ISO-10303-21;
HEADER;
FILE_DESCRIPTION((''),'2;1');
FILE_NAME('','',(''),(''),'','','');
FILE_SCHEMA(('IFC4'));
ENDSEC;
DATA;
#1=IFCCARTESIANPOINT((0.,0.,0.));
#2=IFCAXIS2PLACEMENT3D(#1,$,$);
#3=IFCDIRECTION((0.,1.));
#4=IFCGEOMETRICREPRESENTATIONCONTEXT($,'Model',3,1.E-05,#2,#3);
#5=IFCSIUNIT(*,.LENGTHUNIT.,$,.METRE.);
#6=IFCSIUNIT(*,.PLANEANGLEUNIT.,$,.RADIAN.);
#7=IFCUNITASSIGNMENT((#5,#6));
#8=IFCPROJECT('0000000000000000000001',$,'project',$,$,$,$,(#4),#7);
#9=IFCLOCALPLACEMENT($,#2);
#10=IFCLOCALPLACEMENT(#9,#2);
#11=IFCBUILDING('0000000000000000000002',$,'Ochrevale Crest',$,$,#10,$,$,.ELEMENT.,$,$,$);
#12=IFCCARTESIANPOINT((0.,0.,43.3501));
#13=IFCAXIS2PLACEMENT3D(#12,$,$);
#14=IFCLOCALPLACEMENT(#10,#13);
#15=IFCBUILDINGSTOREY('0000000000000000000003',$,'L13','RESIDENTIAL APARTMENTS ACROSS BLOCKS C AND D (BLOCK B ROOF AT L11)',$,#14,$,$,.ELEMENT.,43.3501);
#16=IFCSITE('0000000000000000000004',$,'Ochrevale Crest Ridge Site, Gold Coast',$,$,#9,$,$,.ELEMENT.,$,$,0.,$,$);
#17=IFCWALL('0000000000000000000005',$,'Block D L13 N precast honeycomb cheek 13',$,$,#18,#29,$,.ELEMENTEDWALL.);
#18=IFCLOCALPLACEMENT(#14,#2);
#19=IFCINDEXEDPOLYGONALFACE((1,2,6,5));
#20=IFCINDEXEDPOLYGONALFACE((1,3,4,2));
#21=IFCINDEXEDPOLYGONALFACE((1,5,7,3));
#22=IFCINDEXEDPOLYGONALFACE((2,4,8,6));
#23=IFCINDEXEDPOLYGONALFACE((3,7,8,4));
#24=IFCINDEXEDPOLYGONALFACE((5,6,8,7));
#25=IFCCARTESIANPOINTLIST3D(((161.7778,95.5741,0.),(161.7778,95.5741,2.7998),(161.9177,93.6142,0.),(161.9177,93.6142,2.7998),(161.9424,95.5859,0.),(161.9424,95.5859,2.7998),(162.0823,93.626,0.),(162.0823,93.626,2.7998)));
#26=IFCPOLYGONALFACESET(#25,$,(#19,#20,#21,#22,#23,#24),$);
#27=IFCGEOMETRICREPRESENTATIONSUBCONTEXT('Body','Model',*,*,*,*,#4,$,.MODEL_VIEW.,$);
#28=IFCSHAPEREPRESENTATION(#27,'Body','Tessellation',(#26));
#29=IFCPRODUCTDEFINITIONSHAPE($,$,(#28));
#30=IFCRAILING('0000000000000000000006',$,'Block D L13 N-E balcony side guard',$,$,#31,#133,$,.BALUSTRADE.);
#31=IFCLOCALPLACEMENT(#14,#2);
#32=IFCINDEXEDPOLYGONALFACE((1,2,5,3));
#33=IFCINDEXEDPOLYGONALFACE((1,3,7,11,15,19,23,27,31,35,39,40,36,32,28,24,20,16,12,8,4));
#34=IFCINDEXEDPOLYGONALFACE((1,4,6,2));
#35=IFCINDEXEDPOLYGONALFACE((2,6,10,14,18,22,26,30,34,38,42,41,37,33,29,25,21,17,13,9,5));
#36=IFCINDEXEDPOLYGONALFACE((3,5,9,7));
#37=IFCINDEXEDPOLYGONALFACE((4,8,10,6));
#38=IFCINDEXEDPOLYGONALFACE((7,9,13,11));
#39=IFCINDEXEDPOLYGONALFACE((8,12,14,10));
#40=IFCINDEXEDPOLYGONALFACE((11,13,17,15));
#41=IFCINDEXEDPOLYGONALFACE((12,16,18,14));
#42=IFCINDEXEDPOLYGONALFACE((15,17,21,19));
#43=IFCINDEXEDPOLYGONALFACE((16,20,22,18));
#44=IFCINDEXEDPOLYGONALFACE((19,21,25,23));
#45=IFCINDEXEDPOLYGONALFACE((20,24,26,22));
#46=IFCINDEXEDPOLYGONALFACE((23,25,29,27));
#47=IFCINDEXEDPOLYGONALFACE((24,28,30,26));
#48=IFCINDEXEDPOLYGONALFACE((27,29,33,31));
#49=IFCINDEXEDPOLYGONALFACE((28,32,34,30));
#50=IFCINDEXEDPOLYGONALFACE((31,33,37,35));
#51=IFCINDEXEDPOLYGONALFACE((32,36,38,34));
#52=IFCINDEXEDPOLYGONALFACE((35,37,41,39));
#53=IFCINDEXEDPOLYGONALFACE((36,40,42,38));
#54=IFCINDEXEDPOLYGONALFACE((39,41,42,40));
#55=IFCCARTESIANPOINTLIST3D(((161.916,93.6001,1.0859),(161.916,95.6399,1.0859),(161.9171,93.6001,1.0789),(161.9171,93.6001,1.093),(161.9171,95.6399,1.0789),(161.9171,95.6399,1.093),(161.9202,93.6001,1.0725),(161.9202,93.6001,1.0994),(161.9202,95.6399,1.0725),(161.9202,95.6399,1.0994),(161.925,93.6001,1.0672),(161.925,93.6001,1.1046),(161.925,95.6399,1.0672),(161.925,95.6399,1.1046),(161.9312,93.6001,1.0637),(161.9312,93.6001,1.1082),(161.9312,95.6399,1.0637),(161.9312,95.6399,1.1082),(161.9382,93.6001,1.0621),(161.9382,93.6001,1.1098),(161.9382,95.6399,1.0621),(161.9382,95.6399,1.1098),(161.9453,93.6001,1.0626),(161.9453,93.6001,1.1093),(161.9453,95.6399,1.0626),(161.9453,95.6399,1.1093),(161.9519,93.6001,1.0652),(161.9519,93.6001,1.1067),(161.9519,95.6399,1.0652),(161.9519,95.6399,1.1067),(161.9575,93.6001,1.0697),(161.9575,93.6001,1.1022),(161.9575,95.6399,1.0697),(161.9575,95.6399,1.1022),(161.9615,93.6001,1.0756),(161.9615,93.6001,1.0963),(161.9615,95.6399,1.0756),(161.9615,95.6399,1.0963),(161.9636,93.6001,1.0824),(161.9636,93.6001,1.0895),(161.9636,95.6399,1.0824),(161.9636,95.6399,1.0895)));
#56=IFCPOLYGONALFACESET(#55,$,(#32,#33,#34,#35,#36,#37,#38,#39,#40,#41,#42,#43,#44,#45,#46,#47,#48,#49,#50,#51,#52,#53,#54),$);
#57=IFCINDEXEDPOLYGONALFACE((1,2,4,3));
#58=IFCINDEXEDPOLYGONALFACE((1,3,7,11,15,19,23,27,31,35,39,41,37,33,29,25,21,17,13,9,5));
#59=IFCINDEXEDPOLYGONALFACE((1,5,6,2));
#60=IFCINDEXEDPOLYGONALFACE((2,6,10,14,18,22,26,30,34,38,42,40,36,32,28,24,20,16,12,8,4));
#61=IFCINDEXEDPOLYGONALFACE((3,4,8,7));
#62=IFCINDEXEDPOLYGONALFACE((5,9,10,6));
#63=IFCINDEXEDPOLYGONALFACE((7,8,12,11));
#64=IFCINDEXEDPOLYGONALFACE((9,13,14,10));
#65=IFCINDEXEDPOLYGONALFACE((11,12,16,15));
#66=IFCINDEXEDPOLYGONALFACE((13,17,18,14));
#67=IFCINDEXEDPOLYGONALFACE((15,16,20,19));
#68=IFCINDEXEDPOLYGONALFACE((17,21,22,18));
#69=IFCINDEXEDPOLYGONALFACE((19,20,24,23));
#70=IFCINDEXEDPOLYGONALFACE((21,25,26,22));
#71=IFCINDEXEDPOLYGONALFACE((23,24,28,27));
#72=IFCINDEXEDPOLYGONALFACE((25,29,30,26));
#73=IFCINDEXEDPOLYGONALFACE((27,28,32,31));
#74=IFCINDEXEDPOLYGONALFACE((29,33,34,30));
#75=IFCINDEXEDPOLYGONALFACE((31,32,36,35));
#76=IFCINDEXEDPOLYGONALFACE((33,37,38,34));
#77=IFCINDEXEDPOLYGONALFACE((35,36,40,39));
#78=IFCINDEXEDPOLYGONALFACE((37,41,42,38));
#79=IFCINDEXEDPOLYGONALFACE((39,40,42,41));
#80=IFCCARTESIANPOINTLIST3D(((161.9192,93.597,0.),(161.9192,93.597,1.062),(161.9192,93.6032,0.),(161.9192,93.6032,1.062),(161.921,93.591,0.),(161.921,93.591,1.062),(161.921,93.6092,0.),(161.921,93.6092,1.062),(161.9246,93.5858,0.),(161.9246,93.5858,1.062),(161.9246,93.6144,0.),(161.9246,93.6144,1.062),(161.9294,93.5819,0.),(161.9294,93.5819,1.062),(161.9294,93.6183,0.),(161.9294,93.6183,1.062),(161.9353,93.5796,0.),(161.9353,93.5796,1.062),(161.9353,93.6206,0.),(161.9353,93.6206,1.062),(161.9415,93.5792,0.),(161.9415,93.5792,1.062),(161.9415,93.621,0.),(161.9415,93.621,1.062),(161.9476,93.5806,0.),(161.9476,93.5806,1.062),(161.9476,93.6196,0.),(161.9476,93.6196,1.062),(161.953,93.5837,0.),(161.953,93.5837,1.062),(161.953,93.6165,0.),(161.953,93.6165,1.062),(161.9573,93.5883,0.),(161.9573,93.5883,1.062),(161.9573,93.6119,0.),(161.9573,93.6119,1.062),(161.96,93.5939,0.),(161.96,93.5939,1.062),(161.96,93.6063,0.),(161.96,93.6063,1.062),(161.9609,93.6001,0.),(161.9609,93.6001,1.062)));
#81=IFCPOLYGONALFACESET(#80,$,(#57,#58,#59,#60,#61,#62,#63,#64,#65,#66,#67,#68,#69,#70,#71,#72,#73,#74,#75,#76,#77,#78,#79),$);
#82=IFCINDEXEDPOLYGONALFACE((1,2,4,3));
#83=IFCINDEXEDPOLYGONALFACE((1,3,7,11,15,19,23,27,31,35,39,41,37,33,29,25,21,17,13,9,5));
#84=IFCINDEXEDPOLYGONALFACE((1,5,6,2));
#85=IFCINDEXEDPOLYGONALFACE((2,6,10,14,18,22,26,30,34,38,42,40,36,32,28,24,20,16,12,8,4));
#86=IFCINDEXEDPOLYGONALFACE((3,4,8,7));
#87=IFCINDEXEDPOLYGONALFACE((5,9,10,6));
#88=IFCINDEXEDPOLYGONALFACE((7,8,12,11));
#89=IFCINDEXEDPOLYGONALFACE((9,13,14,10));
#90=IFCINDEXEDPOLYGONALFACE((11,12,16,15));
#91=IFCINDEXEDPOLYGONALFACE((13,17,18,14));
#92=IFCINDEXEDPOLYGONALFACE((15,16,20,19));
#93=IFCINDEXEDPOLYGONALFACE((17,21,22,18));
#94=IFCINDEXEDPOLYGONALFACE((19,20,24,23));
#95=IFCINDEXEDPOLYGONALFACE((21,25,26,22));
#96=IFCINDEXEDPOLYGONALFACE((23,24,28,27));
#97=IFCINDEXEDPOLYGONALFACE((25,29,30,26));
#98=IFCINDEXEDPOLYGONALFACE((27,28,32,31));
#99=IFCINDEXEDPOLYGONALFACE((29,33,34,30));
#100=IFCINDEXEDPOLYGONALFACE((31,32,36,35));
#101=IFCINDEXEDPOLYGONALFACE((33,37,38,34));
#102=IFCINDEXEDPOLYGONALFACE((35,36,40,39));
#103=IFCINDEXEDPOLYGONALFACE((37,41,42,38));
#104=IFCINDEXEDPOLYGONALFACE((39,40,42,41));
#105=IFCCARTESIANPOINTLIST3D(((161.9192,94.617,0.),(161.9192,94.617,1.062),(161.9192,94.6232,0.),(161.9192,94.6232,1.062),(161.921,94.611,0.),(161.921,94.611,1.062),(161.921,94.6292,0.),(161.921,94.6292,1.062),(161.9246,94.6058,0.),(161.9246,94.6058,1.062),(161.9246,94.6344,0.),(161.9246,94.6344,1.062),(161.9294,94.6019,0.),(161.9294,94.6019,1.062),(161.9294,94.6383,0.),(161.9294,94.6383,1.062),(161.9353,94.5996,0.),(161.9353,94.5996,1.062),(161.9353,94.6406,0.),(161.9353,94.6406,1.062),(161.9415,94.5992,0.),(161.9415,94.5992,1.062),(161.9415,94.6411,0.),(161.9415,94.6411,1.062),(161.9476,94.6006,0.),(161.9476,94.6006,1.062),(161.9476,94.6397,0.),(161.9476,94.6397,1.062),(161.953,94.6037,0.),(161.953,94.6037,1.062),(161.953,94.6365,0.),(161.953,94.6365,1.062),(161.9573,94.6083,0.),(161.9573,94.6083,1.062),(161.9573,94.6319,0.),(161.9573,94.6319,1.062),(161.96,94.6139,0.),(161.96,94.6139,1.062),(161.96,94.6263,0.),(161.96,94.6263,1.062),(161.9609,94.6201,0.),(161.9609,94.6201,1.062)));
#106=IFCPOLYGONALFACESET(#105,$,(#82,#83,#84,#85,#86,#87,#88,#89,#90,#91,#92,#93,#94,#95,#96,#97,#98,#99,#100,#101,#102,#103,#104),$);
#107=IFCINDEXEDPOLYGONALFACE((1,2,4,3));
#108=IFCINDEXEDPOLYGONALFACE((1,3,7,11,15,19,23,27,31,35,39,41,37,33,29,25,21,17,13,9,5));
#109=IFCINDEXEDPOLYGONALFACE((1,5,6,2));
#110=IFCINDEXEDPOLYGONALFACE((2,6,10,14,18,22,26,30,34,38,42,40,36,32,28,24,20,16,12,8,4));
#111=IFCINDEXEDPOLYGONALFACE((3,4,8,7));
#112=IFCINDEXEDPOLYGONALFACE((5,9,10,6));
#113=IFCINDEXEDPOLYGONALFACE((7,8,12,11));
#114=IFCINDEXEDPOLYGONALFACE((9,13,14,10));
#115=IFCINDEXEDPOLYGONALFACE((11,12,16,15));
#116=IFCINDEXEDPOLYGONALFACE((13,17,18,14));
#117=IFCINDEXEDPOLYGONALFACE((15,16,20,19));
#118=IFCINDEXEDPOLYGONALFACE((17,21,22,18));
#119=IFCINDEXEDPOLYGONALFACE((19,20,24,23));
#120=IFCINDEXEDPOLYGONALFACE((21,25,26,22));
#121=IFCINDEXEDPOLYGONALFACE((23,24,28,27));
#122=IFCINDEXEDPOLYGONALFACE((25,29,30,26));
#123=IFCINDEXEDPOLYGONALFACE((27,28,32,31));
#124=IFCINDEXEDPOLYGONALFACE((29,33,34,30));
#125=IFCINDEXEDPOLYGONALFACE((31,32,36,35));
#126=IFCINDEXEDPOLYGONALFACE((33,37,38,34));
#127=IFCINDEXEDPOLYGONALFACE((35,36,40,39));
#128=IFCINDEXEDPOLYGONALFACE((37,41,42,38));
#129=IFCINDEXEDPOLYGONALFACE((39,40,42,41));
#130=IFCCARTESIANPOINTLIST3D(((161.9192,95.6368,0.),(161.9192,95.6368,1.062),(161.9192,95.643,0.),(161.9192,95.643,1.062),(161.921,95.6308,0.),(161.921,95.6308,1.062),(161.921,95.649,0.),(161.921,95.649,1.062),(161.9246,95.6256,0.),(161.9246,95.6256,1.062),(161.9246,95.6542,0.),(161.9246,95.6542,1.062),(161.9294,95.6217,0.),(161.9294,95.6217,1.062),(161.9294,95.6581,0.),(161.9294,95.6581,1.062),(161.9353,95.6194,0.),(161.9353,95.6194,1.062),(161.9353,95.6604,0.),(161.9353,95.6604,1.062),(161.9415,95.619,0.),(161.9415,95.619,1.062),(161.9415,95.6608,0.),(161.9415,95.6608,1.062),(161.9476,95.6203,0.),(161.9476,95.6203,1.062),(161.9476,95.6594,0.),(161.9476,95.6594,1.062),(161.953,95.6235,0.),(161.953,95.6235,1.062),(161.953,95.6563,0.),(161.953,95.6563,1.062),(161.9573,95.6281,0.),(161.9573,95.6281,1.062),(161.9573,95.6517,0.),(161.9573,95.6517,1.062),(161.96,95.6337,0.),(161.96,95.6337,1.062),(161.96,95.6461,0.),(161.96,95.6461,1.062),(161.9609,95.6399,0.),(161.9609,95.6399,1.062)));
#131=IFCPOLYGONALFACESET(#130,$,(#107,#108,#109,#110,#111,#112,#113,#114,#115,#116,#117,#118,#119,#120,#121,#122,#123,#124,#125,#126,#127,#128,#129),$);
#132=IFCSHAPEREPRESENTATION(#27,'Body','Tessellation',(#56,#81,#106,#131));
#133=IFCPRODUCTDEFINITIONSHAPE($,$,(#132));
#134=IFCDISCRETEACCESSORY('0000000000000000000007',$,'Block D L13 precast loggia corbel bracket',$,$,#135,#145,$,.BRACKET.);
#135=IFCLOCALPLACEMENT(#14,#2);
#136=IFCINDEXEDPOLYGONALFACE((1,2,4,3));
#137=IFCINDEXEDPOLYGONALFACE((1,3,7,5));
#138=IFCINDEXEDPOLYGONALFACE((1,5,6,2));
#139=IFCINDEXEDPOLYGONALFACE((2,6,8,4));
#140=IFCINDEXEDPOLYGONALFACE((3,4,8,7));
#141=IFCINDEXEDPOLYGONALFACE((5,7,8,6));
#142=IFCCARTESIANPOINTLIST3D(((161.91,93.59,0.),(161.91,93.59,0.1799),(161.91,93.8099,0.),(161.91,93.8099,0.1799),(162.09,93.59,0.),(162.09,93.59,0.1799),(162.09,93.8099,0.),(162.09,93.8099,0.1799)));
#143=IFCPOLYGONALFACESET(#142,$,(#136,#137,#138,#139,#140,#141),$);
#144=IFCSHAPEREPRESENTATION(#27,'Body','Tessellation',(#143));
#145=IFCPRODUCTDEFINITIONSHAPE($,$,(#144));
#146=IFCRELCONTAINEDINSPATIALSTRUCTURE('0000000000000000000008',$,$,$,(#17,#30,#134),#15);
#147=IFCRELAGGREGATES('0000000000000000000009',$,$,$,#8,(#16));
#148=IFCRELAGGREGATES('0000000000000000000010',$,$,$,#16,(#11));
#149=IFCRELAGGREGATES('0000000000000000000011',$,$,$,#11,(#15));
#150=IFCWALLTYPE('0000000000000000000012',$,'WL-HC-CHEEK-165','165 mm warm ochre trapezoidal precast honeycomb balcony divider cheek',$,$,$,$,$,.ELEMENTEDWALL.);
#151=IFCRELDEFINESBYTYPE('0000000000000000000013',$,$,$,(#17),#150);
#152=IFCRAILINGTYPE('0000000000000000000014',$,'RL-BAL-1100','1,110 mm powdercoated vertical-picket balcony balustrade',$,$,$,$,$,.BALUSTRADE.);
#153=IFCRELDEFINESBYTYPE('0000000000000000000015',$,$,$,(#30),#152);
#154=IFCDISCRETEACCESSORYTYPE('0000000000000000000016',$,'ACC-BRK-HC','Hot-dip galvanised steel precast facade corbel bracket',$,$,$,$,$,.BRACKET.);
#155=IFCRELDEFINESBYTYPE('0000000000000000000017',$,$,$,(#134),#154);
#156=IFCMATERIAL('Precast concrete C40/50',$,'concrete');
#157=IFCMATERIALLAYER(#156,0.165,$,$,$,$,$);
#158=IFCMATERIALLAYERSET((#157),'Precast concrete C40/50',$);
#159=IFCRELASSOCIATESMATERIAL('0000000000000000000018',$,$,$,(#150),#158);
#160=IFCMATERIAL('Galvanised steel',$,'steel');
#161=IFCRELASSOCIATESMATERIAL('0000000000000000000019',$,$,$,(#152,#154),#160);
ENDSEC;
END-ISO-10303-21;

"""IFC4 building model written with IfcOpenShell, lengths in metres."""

from ifc_helpers import new_model, si_unit, direction, frame, frame_2d, origin, origin_2d, place, context, subcontext, project, spatial, rectangle, circle, extrude, material, layer, layer_set, type_object, element, save


model = new_model("IFC4")

# Units and contexts
model_context = context("Model", 3, precision=1e-05, world=origin(), true_north=direction((0.0, 1.0)))
body_context = subcontext(model_context, "Body", "Model", "MODEL_VIEW")
ifc_project = project(units=[si_unit("LENGTHUNIT", "METRE"), si_unit("PLANEANGLEUNIT", "RADIAN")], contexts=[model_context])

# Site, building, storey
site_placement = place(None, origin())
site = spatial("IfcSite", under=ifc_project, at=site_placement, Name="Ochrevale Crest Ridge Site, Gold Coast", CompositionType="ELEMENT", RefElevation=0.0)
building_placement = place(site_placement, origin())
building = spatial("IfcBuilding", under=site, at=building_placement, Name="Ochrevale Crest", CompositionType="ELEMENT")
storey_placement = place(building_placement, frame((0.0, 0.0, 43.3501)))
storey = spatial("IfcBuildingStorey", under=building, at=storey_placement, Name="L13", Description="RESIDENTIAL APARTMENTS ACROSS BLOCKS C AND D (BLOCK B ROOF AT L11)", CompositionType="ELEMENT", Elevation=43.3501)

# Shared definitions
ifc_material_1 = material(Name="Precast concrete C40/50", Category="concrete")

# Wall
ifc_layer_1 = layer(ifc_material_1, 0.165)
ifc_layer_set_1 = layer_set([ifc_layer_1], Name="Precast concrete C40/50")
wall_type_1 = type_object("IfcWallType", Name="WL-HC-CHEEK-165", Description="165 mm warm ochre trapezoidal precast honeycomb balcony divider cheek", PredefinedType="ELEMENTEDWALL", material=ifc_layer_set_1)
wall_1_placement = place(storey_placement, frame((162.0, 93.6201, 0.0), z_axis=(0.0, 0.0, 1.0), x_axis=(-0.071194, 0.997462, 0.0)))
element("IfcWall", 1, at=wall_1_placement, inside=storey, type_object=wall_type_1, Name="Block D L13 N precast honeycomb cheek 13", PredefinedType="ELEMENTEDWALL", context=body_context, shape_type="SweptSolid", body=[
    extrude(rectangle(XDim=1.9648, YDim=0.165, at=frame_2d((0.9824, 0.0))), origin(), (0.0, 0.0, 1.0), 2.7998),
])

# Railing
ifc_material_2 = material(Name="Galvanised steel", Category="steel")
railing_type = type_object("IfcRailingType", Name="RL-BAL-1100", Description="1,110 mm powdercoated vertical-picket balcony balustrade", PredefinedType="BALUSTRADE", material=ifc_material_2)
railing_placement = place(storey_placement, frame((161.9399, 93.6001, 0.0)))
element("IfcRailing", 2, at=railing_placement, inside=storey, type_object=railing_type, Name="Block D L13 N-E balcony side guard", PredefinedType="BALUSTRADE", context=body_context, shape_type="SweptSolid", body=[
    extrude(circle(Radius=0.0239, at=origin_2d()), frame((0.0, 0.0, 1.0859), z_axis=(0.0, 1.0, 0.0), x_axis=(-1.0, 0.0, 0.0)), (0.0, 0.0, 1.0), 2.0398),
    extrude(circle(Radius=0.021, at=origin_2d()), origin(), (0.0, 0.0, 1.0), 1.062),
    extrude(circle(Radius=0.021, at=origin_2d()), frame((0.0, 1.02, 0.0)), (0.0, 0.0, 1.0), 1.062),
    extrude(circle(Radius=0.021, at=origin_2d()), frame((0.0, 2.0398, 0.0)), (0.0, 0.0, 1.0), 1.062),
])

# Discrete accessory
discrete_accessory_type = type_object("IfcDiscreteAccessoryType", Name="ACC-BRK-HC", Description="Hot-dip galvanised steel precast facade corbel bracket", PredefinedType="BRACKET", material=ifc_material_2)
discrete_accessory_placement = place(storey_placement, frame((162.0, 93.7, 0.0), z_axis=(0.0, 0.0, 1.0), x_axis=(1.0, 0.0, 0.0)))
element("IfcDiscreteAccessory", 3, at=discrete_accessory_placement, inside=storey, type_object=discrete_accessory_type, Name="Block D L13 precast loggia corbel bracket", PredefinedType="BRACKET", context=body_context, shape_type="SweptSolid", body=[
    extrude(rectangle(XDim=0.1799, YDim=0.22, at=origin_2d()), origin(), (0.0, 0.0, 1.0), 0.1799),
])

save(model, "model.ifc")
